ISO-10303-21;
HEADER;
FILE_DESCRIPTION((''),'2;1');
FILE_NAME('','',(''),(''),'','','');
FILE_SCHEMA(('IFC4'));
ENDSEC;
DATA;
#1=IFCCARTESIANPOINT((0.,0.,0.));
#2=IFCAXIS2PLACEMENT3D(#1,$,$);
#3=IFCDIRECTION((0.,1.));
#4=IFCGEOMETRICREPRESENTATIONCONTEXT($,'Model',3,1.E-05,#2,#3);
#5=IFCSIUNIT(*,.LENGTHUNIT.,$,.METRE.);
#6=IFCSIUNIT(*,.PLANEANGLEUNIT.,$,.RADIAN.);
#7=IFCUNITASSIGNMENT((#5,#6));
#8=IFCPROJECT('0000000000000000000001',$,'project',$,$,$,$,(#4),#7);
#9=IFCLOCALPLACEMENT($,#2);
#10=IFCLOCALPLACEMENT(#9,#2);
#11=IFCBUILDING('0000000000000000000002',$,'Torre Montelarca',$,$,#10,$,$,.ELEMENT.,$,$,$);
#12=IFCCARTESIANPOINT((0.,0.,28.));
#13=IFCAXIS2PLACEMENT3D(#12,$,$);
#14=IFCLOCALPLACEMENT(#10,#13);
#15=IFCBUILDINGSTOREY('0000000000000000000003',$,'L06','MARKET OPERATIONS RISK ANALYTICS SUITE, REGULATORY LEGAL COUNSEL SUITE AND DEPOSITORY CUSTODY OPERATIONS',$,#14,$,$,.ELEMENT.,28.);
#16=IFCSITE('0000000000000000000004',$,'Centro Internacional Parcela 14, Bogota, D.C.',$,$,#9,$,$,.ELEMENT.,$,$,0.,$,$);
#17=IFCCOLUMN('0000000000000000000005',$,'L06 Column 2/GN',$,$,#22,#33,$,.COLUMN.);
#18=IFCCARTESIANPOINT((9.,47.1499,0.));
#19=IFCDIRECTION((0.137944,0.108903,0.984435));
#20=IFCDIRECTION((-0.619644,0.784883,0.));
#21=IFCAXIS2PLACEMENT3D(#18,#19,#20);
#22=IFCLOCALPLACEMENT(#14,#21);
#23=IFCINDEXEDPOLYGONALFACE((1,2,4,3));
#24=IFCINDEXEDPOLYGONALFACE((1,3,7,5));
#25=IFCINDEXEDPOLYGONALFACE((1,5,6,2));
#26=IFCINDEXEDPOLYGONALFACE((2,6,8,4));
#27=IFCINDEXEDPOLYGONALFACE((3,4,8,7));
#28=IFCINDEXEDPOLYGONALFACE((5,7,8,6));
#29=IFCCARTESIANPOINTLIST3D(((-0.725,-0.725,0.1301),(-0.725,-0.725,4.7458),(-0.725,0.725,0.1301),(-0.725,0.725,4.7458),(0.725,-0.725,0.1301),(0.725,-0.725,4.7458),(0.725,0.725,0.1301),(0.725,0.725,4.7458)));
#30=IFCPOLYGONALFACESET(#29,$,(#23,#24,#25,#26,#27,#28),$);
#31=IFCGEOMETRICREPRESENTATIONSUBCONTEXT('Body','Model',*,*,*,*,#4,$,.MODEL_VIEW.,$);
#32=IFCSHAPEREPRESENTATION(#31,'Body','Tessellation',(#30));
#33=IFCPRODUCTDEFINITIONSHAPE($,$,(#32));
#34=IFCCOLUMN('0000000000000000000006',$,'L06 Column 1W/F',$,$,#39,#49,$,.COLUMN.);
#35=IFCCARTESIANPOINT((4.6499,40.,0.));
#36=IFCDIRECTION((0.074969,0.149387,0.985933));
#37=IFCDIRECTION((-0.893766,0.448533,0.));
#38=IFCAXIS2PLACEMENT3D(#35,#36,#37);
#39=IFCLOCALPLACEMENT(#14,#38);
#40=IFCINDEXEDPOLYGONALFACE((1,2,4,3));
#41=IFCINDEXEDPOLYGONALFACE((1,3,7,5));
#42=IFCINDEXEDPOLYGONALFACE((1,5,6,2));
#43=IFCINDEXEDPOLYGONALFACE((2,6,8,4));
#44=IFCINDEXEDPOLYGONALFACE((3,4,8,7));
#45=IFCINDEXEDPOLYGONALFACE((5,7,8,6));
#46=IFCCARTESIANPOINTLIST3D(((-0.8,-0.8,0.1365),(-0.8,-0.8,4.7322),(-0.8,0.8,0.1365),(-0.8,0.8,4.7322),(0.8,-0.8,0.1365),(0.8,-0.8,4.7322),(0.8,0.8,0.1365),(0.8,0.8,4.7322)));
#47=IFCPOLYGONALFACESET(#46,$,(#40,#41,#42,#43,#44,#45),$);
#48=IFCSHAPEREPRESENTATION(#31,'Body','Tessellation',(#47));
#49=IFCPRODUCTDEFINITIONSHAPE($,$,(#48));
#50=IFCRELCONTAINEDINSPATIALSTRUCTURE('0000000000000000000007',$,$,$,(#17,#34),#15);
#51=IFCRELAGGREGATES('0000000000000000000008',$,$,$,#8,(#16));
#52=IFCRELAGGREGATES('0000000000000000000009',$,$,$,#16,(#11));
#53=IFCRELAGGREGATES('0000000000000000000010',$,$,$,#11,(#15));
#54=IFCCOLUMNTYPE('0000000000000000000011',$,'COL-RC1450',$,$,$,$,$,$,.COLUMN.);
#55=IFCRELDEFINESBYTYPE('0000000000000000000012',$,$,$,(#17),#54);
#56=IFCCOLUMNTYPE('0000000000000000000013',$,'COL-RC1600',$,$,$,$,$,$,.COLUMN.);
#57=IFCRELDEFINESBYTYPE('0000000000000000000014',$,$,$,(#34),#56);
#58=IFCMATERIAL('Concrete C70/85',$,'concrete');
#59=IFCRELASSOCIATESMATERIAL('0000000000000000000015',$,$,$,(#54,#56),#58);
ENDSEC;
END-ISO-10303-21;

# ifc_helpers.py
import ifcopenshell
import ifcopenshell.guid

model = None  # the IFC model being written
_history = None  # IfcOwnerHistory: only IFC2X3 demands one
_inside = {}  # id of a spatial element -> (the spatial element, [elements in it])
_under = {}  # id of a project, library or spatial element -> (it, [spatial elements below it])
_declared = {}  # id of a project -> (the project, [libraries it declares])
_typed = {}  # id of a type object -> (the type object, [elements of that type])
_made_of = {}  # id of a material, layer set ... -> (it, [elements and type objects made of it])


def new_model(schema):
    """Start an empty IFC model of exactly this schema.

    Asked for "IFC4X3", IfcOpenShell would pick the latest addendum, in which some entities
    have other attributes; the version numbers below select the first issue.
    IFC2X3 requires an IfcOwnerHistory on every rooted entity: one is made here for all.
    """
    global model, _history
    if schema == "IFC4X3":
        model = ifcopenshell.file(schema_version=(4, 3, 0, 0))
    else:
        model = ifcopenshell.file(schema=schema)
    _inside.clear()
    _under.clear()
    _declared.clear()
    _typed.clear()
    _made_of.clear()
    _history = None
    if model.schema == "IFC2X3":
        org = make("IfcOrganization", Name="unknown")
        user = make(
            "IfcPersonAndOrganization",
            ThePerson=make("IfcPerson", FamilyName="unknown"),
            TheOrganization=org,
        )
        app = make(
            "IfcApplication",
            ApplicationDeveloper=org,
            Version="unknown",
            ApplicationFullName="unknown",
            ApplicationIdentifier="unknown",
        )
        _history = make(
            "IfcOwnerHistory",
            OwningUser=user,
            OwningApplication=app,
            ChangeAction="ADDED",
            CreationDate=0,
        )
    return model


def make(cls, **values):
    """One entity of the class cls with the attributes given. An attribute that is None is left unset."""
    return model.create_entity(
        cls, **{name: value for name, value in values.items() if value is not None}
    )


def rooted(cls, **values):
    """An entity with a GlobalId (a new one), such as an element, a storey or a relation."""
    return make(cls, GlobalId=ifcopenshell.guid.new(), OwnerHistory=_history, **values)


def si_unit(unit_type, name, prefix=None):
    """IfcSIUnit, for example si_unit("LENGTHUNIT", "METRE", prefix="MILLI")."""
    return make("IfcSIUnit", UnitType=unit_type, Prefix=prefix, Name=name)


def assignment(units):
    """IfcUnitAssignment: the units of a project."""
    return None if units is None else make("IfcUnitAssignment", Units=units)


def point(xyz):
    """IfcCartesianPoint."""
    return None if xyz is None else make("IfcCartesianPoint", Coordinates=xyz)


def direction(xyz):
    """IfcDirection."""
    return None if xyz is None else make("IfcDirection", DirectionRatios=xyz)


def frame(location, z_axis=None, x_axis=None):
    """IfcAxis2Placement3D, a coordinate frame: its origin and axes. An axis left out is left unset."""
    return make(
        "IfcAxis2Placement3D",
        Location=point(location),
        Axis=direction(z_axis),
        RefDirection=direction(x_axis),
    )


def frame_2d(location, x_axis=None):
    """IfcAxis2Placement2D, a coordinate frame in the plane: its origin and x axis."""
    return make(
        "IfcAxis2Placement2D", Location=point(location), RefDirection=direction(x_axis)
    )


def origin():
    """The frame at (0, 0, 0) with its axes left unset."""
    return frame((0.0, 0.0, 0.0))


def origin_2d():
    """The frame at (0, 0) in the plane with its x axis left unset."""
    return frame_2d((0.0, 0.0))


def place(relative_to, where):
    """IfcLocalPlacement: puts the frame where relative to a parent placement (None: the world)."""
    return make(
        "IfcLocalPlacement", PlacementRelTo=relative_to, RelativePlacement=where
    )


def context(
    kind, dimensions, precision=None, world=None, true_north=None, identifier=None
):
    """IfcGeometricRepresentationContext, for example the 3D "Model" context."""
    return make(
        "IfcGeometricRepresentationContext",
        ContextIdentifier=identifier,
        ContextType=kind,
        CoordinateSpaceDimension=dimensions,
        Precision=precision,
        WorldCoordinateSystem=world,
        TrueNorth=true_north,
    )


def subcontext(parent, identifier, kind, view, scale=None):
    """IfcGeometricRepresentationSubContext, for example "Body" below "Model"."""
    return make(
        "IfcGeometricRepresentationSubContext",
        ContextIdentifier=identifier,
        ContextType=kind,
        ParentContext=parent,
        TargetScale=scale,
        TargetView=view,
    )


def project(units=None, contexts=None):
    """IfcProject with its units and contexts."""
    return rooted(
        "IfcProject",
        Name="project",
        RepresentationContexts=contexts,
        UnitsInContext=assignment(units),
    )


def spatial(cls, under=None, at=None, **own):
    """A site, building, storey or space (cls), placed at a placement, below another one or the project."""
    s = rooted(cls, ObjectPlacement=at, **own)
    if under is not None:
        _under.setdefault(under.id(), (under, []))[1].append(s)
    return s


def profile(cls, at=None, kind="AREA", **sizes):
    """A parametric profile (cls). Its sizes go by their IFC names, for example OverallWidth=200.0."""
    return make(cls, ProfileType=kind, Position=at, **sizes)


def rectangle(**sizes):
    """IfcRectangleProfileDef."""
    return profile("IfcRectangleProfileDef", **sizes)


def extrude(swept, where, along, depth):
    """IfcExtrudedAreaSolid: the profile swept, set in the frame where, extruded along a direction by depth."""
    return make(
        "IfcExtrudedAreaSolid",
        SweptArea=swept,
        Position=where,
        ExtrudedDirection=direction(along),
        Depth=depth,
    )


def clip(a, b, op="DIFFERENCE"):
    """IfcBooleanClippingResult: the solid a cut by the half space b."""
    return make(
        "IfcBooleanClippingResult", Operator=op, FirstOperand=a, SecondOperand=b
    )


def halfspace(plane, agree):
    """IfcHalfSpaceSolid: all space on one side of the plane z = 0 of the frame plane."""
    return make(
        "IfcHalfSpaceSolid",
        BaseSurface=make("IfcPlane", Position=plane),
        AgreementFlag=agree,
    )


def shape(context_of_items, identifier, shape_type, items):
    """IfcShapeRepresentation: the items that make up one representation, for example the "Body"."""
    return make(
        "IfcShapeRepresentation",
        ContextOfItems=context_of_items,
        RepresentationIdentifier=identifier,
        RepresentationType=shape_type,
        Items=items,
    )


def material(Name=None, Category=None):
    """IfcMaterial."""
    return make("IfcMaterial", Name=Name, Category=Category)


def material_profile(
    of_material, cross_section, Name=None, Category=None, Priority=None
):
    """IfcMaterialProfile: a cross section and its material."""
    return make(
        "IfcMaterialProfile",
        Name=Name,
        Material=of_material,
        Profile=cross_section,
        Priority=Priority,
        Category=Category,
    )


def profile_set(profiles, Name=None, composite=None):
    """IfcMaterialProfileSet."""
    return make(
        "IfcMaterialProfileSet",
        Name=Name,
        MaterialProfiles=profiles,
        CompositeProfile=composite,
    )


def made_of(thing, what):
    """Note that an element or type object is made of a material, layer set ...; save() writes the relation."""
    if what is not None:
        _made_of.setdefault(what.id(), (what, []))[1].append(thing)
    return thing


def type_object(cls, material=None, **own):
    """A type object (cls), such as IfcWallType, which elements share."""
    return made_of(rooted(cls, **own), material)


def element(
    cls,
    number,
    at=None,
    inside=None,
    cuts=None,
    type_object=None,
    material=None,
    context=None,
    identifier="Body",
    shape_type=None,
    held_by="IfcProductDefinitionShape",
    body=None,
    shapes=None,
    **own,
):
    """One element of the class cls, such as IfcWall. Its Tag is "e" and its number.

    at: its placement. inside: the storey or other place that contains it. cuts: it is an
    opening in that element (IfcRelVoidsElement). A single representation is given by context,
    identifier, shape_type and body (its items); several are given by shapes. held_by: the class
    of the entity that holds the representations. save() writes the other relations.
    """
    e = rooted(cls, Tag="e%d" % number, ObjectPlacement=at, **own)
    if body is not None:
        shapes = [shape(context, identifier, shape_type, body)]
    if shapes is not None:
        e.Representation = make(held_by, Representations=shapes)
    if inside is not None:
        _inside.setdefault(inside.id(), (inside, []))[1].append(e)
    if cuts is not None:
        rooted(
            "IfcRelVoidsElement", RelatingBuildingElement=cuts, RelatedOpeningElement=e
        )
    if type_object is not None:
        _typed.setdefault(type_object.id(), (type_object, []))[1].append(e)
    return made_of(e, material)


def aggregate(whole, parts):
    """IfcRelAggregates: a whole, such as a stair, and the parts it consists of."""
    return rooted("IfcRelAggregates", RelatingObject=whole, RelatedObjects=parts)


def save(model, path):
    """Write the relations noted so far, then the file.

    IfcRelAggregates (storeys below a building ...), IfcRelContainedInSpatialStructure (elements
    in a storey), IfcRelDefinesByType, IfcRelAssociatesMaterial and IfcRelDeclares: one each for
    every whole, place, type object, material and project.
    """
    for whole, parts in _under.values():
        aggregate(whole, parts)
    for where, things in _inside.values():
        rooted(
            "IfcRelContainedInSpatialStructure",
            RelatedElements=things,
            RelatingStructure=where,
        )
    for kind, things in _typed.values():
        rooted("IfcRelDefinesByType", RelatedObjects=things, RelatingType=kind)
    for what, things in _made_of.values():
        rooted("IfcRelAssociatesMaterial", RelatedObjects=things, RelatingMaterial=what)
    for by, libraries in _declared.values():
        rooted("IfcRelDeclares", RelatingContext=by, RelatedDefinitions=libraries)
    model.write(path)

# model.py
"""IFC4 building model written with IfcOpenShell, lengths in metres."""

from ifc_helpers import new_model, si_unit, direction, frame, origin, origin_2d, place, context, subcontext, project, spatial, rectangle, extrude, clip, halfspace, material, material_profile, profile_set, type_object, element, save


model = new_model("IFC4")

# Units and contexts
model_context = context("Model", 3, precision=1e-05, world=origin(), true_north=direction((0.0, 1.0)))
body_context = subcontext(model_context, "Body", "Model", "MODEL_VIEW")
ifc_project = project(units=[si_unit("LENGTHUNIT", "METRE"), si_unit("PLANEANGLEUNIT", "RADIAN")], contexts=[model_context])

# Site, building, storey
site_placement = place(None, origin())
site = spatial("IfcSite", under=ifc_project, at=site_placement, Name="Centro Internacional Parcela 14, Bogota, D.C.", CompositionType="ELEMENT", RefElevation=0.0)
building_placement = place(site_placement, origin())
building = spatial("IfcBuilding", under=site, at=building_placement, Name="Torre Montelarca", CompositionType="ELEMENT")
storey_placement = place(building_placement, frame((0.0, 0.0, 28.0)))
storey = spatial("IfcBuildingStorey", under=building, at=storey_placement, Name="L06", Description="MARKET OPERATIONS RISK ANALYTICS SUITE, REGULATORY LEGAL COUNSEL SUITE AND DEPOSITORY CUSTODY OPERATIONS", CompositionType="ELEMENT", Elevation=28.0)

# Columns
ifc_material_1 = material(Name="Concrete C70/85", Category="concrete")
ifc_material_profile_1 = material_profile(ifc_material_1, rectangle(XDim=1.45, YDim=1.45, at=origin_2d()), Name="RC1450X1450", Category="concrete")
ifc_profile_set_1 = profile_set([ifc_material_profile_1], Name="Concrete C70/85")
column_type_1 = type_object("IfcColumnType", Name="COL-RC1450", PredefinedType="COLUMN", material=ifc_profile_set_1)
column_1_placement = place(storey_placement, frame((9.0, 47.1499, 0.0), z_axis=(0.137944, 0.108903, 0.984435), x_axis=(-0.619644, 0.784883, 0.0)))
element("IfcColumn", 1, at=column_1_placement, inside=storey, type_object=column_type_1, Name="L06 Column 2/GN", PredefinedType="COLUMN", context=body_context, shape_type="Clipping", body=[
    clip(clip(extrude(rectangle(XDim=1.45, YDim=1.45, at=origin_2d()), origin(), (0.0, 0.0, 1.0), 4.876), halfspace(frame((0.0, 0.0, 0.1301), z_axis=(0.0, 0.0, -1.0), x_axis=(1.0, 0.0, 0.0)), False)), halfspace(frame((0.0, 0.0, 4.7458), z_axis=(0.0, 0.0, 1.0), x_axis=(1.0, 0.0, 0.0)), False)),
])
ifc_material_profile_2 = material_profile(ifc_material_1, rectangle(XDim=1.6001, YDim=1.6001, at=origin_2d()), Name="RC1600X1600", Category="concrete")
ifc_profile_set_2 = profile_set([ifc_material_profile_2], Name="Concrete C70/85")
column_type_2 = type_object("IfcColumnType", Name="COL-RC1600", PredefinedType="COLUMN", material=ifc_profile_set_2)
column_2_placement = place(storey_placement, frame((4.6499, 40.0, 0.0), z_axis=(0.074969, 0.149387, 0.985933), x_axis=(-0.893766, 0.448533, 0.0)))
element("IfcColumn", 2, at=column_2_placement, inside=storey, type_object=column_type_2, Name="L06 Column 1W/F", PredefinedType="COLUMN", context=body_context, shape_type="Clipping", body=[
    clip(clip(extrude(rectangle(XDim=1.6001, YDim=1.6001, at=origin_2d()), origin(), (0.0, 0.0, 1.0), 4.8687), halfspace(frame((0.0, 0.0, 0.1365), z_axis=(0.0, 0.0, -1.0), x_axis=(1.0, 0.0, 0.0)), False)), halfspace(frame((0.0, 0.0, 4.7322), z_axis=(0.0, 0.0, 1.0), x_axis=(1.0, 0.0, 0.0)), False)),
])

save(model, "model.ifc")
